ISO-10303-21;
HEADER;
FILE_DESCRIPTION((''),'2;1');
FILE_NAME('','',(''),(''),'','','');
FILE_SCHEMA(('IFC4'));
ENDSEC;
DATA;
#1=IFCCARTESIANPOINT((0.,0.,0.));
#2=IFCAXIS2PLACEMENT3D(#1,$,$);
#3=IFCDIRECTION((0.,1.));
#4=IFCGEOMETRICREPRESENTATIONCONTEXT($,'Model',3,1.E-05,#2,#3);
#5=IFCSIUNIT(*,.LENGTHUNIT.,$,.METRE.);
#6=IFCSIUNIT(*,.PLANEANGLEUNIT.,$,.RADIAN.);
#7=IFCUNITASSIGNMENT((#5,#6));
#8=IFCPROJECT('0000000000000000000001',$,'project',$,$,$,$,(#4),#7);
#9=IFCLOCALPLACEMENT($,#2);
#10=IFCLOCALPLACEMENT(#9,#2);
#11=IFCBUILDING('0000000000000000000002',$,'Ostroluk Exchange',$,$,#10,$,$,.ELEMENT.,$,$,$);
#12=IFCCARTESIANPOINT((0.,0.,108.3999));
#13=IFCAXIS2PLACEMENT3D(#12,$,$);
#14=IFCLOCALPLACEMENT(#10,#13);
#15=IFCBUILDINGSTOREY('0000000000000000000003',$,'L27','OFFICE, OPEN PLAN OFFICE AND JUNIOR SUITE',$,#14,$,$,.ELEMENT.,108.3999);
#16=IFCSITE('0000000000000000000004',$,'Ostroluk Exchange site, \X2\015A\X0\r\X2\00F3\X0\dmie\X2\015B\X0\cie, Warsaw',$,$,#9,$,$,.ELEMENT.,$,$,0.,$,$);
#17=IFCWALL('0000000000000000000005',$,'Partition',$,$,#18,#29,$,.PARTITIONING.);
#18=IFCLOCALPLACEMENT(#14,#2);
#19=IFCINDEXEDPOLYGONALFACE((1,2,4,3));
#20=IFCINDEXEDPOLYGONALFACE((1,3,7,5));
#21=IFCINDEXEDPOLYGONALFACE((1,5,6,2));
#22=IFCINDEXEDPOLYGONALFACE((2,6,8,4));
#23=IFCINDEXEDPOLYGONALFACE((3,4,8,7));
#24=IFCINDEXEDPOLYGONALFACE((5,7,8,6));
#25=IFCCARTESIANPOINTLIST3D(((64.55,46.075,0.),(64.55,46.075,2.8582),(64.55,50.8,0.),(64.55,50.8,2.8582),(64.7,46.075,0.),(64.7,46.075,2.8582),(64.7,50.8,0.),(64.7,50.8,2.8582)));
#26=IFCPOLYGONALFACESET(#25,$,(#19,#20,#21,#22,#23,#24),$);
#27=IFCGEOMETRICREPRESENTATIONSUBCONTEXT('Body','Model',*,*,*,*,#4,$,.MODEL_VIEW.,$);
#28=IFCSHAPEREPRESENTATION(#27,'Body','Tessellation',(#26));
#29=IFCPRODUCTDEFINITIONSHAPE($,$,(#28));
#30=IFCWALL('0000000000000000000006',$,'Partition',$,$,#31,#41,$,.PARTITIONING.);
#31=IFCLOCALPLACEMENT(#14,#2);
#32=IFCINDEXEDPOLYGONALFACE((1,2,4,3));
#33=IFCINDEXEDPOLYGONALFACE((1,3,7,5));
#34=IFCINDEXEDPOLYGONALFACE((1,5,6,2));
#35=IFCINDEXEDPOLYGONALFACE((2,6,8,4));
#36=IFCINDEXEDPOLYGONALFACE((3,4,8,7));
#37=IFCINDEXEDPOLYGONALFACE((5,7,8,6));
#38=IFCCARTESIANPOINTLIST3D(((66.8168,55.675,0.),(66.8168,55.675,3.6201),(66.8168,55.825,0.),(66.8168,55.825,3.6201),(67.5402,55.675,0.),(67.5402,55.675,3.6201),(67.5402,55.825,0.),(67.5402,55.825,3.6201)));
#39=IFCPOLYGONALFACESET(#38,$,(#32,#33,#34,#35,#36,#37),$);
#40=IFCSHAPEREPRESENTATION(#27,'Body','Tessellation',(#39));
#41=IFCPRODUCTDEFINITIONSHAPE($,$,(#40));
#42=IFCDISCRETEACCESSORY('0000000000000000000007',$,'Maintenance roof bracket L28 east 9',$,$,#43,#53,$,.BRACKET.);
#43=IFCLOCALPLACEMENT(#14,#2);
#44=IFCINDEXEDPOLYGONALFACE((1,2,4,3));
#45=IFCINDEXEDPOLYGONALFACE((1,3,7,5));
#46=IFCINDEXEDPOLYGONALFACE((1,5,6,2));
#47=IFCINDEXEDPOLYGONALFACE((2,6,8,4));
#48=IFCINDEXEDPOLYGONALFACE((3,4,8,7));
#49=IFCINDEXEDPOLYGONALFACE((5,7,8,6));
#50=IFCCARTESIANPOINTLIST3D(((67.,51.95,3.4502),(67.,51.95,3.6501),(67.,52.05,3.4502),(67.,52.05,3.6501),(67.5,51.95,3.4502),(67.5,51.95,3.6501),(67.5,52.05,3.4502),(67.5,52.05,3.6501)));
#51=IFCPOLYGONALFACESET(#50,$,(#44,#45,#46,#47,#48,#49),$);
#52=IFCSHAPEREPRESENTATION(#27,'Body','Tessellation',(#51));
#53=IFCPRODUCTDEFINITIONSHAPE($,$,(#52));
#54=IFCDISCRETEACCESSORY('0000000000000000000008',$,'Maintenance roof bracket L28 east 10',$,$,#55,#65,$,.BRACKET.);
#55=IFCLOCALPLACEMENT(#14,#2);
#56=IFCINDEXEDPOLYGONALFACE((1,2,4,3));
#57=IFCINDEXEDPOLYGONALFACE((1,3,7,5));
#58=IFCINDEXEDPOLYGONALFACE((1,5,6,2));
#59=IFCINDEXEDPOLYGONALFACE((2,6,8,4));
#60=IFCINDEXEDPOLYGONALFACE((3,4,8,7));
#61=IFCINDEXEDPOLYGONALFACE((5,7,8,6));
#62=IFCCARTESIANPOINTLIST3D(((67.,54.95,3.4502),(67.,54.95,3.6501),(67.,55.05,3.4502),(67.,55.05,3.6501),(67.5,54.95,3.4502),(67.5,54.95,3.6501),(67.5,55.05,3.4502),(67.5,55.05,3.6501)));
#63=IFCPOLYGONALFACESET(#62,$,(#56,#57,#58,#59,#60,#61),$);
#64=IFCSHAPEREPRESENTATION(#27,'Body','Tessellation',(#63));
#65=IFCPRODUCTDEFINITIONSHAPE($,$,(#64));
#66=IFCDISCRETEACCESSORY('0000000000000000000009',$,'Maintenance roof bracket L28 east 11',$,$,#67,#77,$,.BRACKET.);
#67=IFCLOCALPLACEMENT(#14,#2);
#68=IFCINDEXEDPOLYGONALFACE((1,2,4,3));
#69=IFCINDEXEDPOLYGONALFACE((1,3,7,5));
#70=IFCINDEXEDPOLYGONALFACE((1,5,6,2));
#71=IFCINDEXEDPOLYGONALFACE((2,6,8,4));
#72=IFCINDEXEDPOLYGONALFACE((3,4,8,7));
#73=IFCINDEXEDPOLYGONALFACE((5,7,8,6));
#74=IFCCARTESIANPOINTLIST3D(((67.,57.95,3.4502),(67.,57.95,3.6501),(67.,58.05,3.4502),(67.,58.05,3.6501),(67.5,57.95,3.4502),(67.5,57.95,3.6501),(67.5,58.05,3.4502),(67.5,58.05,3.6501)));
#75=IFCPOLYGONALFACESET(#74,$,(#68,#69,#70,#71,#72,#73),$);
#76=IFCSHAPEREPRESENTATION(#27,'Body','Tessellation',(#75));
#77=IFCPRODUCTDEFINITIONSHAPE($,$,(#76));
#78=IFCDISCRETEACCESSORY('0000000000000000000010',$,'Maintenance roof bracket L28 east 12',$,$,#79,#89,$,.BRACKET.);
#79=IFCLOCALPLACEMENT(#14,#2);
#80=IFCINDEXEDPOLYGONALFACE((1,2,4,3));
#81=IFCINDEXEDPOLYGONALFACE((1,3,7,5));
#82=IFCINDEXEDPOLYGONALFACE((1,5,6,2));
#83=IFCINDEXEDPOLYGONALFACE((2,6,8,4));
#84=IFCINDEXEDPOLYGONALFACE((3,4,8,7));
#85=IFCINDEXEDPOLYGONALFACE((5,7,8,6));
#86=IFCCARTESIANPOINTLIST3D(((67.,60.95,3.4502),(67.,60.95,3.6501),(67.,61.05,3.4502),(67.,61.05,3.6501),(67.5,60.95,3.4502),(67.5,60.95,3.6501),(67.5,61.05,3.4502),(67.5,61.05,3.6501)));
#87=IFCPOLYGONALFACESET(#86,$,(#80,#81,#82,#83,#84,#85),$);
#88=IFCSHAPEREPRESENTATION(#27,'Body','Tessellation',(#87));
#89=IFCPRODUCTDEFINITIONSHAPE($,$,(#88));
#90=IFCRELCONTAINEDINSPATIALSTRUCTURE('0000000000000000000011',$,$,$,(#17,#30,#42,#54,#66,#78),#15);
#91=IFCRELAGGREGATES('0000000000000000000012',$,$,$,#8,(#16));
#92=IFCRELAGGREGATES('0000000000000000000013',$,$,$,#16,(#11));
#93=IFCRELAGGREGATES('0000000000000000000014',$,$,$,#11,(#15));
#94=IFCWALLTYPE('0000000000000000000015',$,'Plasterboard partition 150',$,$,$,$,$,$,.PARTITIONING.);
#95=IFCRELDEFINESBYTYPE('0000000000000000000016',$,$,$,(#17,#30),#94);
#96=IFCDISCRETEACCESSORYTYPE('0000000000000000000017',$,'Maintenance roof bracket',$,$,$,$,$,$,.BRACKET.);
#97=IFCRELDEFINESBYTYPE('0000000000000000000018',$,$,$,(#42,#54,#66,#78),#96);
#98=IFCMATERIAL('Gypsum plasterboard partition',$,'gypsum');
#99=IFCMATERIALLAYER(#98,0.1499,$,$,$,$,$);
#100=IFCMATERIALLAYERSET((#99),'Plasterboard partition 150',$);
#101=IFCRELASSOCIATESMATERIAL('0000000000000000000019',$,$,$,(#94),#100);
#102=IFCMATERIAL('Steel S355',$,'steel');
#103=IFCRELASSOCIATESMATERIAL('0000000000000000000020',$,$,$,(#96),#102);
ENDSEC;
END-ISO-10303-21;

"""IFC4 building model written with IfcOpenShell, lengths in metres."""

from ifc_helpers import new_model, si_unit, direction, frame, frame_2d, origin, origin_2d, place, context, subcontext, project, spatial, rectangle, extrude, material, layer, layer_set, type_object, element, save


model = new_model("IFC4")

# Units and contexts
model_context = context("Model", 3, precision=1e-05, world=origin(), true_north=direction((0.0, 1.0)))
body_context = subcontext(model_context, "Body", "Model", "MODEL_VIEW")
ifc_project = project(units=[si_unit("LENGTHUNIT", "METRE"), si_unit("PLANEANGLEUNIT", "RADIAN")], contexts=[model_context])

# Site, building, storey
site_placement = place(None, origin())
site = spatial("IfcSite", under=ifc_project, at=site_placement, Name="Ostroluk Exchange site, Śródmieście, Warsaw", CompositionType="ELEMENT", RefElevation=0.0)
building_placement = place(site_placement, origin())
building = spatial("IfcBuilding", under=site, at=building_placement, Name="Ostroluk Exchange", CompositionType="ELEMENT")
storey_placement = place(building_placement, frame((0.0, 0.0, 108.3999)))
storey = spatial("IfcBuildingStorey", under=building, at=storey_placement, Name="L27", Description="OFFICE, OPEN PLAN OFFICE AND JUNIOR SUITE", CompositionType="ELEMENT", Elevation=108.3999)

# Walls
ifc_material_1 = material(Name="Gypsum plasterboard partition", Category="gypsum")
ifc_layer_1 = layer(ifc_material_1, 0.1499)
ifc_layer_set_1 = layer_set([ifc_layer_1], Name="Plasterboard partition 150")
wall_type_1 = type_object("IfcWallType", Name="Plasterboard partition 150", PredefinedType="PARTITIONING", material=ifc_layer_set_1)
wall_1_placement = place(storey_placement, frame((64.625, 46.075, 0.0), z_axis=(0.0, 0.0, 1.0), x_axis=(0.0, 1.0, 0.0)))
element("IfcWall", 1, at=wall_1_placement, inside=storey, type_object=wall_type_1, Name="Partition", PredefinedType="PARTITIONING", context=body_context, shape_type="SweptSolid", body=[
    extrude(rectangle(XDim=4.7251, YDim=0.1499, at=frame_2d((2.3625, 0.0))), origin(), (0.0, 0.0, 1.0), 2.8582),
])
wall_2_placement = place(storey_placement, frame((66.8167, 55.75, 0.0), z_axis=(0.0, 0.0, 1.0), x_axis=(1.0, 0.0, 0.0)))
element("IfcWall", 2, at=wall_2_placement, inside=storey, type_object=wall_type_1, Name="Partition", PredefinedType="PARTITIONING", context=body_context, shape_type="SweptSolid", body=[
    extrude(rectangle(XDim=0.7234, YDim=0.1499, at=frame_2d((0.3618, 0.0))), origin(), (0.0, 0.0, 1.0), 3.6201),
])

# Discrete accessories
ifc_material_2 = material(Name="Steel S355", Category="steel")
discrete_accessory_type = type_object("IfcDiscreteAccessoryType", Name="Maintenance roof bracket", PredefinedType="BRACKET", material=ifc_material_2)
for number, where, z_axis, x_axis, name in (
    (3, (67.25, 52.0, 3.4502), (0.0, 0.0, 1.0), (1.0, 0.0, 0.0), "Maintenance roof bracket L28 east 9"),
    (4, (67.25, 55.0, 3.4502), (0.0, 0.0, 1.0), (1.0, 0.0, 0.0), "Maintenance roof bracket L28 east 10"),
    (5, (67.25, 58.0, 3.4502), (0.0, 0.0, 1.0), (1.0, 0.0, 0.0), "Maintenance roof bracket L28 east 11"),
    (6, (67.25, 61.0, 3.4502), (0.0, 0.0, 1.0), (1.0, 0.0, 0.0), "Maintenance roof bracket L28 east 12"),
):
    element("IfcDiscreteAccessory", number, at=place(storey_placement, frame(where, z_axis=z_axis, x_axis=x_axis)), inside=storey, type_object=discrete_accessory_type, Name=name, PredefinedType="BRACKET", context=body_context, shape_type="SweptSolid", body=[
        extrude(rectangle(XDim=0.5, YDim=0.1001, at=origin_2d()), origin(), (0.0, 0.0, 1.0), 0.2),
    ])

save(model, "model.ifc")
